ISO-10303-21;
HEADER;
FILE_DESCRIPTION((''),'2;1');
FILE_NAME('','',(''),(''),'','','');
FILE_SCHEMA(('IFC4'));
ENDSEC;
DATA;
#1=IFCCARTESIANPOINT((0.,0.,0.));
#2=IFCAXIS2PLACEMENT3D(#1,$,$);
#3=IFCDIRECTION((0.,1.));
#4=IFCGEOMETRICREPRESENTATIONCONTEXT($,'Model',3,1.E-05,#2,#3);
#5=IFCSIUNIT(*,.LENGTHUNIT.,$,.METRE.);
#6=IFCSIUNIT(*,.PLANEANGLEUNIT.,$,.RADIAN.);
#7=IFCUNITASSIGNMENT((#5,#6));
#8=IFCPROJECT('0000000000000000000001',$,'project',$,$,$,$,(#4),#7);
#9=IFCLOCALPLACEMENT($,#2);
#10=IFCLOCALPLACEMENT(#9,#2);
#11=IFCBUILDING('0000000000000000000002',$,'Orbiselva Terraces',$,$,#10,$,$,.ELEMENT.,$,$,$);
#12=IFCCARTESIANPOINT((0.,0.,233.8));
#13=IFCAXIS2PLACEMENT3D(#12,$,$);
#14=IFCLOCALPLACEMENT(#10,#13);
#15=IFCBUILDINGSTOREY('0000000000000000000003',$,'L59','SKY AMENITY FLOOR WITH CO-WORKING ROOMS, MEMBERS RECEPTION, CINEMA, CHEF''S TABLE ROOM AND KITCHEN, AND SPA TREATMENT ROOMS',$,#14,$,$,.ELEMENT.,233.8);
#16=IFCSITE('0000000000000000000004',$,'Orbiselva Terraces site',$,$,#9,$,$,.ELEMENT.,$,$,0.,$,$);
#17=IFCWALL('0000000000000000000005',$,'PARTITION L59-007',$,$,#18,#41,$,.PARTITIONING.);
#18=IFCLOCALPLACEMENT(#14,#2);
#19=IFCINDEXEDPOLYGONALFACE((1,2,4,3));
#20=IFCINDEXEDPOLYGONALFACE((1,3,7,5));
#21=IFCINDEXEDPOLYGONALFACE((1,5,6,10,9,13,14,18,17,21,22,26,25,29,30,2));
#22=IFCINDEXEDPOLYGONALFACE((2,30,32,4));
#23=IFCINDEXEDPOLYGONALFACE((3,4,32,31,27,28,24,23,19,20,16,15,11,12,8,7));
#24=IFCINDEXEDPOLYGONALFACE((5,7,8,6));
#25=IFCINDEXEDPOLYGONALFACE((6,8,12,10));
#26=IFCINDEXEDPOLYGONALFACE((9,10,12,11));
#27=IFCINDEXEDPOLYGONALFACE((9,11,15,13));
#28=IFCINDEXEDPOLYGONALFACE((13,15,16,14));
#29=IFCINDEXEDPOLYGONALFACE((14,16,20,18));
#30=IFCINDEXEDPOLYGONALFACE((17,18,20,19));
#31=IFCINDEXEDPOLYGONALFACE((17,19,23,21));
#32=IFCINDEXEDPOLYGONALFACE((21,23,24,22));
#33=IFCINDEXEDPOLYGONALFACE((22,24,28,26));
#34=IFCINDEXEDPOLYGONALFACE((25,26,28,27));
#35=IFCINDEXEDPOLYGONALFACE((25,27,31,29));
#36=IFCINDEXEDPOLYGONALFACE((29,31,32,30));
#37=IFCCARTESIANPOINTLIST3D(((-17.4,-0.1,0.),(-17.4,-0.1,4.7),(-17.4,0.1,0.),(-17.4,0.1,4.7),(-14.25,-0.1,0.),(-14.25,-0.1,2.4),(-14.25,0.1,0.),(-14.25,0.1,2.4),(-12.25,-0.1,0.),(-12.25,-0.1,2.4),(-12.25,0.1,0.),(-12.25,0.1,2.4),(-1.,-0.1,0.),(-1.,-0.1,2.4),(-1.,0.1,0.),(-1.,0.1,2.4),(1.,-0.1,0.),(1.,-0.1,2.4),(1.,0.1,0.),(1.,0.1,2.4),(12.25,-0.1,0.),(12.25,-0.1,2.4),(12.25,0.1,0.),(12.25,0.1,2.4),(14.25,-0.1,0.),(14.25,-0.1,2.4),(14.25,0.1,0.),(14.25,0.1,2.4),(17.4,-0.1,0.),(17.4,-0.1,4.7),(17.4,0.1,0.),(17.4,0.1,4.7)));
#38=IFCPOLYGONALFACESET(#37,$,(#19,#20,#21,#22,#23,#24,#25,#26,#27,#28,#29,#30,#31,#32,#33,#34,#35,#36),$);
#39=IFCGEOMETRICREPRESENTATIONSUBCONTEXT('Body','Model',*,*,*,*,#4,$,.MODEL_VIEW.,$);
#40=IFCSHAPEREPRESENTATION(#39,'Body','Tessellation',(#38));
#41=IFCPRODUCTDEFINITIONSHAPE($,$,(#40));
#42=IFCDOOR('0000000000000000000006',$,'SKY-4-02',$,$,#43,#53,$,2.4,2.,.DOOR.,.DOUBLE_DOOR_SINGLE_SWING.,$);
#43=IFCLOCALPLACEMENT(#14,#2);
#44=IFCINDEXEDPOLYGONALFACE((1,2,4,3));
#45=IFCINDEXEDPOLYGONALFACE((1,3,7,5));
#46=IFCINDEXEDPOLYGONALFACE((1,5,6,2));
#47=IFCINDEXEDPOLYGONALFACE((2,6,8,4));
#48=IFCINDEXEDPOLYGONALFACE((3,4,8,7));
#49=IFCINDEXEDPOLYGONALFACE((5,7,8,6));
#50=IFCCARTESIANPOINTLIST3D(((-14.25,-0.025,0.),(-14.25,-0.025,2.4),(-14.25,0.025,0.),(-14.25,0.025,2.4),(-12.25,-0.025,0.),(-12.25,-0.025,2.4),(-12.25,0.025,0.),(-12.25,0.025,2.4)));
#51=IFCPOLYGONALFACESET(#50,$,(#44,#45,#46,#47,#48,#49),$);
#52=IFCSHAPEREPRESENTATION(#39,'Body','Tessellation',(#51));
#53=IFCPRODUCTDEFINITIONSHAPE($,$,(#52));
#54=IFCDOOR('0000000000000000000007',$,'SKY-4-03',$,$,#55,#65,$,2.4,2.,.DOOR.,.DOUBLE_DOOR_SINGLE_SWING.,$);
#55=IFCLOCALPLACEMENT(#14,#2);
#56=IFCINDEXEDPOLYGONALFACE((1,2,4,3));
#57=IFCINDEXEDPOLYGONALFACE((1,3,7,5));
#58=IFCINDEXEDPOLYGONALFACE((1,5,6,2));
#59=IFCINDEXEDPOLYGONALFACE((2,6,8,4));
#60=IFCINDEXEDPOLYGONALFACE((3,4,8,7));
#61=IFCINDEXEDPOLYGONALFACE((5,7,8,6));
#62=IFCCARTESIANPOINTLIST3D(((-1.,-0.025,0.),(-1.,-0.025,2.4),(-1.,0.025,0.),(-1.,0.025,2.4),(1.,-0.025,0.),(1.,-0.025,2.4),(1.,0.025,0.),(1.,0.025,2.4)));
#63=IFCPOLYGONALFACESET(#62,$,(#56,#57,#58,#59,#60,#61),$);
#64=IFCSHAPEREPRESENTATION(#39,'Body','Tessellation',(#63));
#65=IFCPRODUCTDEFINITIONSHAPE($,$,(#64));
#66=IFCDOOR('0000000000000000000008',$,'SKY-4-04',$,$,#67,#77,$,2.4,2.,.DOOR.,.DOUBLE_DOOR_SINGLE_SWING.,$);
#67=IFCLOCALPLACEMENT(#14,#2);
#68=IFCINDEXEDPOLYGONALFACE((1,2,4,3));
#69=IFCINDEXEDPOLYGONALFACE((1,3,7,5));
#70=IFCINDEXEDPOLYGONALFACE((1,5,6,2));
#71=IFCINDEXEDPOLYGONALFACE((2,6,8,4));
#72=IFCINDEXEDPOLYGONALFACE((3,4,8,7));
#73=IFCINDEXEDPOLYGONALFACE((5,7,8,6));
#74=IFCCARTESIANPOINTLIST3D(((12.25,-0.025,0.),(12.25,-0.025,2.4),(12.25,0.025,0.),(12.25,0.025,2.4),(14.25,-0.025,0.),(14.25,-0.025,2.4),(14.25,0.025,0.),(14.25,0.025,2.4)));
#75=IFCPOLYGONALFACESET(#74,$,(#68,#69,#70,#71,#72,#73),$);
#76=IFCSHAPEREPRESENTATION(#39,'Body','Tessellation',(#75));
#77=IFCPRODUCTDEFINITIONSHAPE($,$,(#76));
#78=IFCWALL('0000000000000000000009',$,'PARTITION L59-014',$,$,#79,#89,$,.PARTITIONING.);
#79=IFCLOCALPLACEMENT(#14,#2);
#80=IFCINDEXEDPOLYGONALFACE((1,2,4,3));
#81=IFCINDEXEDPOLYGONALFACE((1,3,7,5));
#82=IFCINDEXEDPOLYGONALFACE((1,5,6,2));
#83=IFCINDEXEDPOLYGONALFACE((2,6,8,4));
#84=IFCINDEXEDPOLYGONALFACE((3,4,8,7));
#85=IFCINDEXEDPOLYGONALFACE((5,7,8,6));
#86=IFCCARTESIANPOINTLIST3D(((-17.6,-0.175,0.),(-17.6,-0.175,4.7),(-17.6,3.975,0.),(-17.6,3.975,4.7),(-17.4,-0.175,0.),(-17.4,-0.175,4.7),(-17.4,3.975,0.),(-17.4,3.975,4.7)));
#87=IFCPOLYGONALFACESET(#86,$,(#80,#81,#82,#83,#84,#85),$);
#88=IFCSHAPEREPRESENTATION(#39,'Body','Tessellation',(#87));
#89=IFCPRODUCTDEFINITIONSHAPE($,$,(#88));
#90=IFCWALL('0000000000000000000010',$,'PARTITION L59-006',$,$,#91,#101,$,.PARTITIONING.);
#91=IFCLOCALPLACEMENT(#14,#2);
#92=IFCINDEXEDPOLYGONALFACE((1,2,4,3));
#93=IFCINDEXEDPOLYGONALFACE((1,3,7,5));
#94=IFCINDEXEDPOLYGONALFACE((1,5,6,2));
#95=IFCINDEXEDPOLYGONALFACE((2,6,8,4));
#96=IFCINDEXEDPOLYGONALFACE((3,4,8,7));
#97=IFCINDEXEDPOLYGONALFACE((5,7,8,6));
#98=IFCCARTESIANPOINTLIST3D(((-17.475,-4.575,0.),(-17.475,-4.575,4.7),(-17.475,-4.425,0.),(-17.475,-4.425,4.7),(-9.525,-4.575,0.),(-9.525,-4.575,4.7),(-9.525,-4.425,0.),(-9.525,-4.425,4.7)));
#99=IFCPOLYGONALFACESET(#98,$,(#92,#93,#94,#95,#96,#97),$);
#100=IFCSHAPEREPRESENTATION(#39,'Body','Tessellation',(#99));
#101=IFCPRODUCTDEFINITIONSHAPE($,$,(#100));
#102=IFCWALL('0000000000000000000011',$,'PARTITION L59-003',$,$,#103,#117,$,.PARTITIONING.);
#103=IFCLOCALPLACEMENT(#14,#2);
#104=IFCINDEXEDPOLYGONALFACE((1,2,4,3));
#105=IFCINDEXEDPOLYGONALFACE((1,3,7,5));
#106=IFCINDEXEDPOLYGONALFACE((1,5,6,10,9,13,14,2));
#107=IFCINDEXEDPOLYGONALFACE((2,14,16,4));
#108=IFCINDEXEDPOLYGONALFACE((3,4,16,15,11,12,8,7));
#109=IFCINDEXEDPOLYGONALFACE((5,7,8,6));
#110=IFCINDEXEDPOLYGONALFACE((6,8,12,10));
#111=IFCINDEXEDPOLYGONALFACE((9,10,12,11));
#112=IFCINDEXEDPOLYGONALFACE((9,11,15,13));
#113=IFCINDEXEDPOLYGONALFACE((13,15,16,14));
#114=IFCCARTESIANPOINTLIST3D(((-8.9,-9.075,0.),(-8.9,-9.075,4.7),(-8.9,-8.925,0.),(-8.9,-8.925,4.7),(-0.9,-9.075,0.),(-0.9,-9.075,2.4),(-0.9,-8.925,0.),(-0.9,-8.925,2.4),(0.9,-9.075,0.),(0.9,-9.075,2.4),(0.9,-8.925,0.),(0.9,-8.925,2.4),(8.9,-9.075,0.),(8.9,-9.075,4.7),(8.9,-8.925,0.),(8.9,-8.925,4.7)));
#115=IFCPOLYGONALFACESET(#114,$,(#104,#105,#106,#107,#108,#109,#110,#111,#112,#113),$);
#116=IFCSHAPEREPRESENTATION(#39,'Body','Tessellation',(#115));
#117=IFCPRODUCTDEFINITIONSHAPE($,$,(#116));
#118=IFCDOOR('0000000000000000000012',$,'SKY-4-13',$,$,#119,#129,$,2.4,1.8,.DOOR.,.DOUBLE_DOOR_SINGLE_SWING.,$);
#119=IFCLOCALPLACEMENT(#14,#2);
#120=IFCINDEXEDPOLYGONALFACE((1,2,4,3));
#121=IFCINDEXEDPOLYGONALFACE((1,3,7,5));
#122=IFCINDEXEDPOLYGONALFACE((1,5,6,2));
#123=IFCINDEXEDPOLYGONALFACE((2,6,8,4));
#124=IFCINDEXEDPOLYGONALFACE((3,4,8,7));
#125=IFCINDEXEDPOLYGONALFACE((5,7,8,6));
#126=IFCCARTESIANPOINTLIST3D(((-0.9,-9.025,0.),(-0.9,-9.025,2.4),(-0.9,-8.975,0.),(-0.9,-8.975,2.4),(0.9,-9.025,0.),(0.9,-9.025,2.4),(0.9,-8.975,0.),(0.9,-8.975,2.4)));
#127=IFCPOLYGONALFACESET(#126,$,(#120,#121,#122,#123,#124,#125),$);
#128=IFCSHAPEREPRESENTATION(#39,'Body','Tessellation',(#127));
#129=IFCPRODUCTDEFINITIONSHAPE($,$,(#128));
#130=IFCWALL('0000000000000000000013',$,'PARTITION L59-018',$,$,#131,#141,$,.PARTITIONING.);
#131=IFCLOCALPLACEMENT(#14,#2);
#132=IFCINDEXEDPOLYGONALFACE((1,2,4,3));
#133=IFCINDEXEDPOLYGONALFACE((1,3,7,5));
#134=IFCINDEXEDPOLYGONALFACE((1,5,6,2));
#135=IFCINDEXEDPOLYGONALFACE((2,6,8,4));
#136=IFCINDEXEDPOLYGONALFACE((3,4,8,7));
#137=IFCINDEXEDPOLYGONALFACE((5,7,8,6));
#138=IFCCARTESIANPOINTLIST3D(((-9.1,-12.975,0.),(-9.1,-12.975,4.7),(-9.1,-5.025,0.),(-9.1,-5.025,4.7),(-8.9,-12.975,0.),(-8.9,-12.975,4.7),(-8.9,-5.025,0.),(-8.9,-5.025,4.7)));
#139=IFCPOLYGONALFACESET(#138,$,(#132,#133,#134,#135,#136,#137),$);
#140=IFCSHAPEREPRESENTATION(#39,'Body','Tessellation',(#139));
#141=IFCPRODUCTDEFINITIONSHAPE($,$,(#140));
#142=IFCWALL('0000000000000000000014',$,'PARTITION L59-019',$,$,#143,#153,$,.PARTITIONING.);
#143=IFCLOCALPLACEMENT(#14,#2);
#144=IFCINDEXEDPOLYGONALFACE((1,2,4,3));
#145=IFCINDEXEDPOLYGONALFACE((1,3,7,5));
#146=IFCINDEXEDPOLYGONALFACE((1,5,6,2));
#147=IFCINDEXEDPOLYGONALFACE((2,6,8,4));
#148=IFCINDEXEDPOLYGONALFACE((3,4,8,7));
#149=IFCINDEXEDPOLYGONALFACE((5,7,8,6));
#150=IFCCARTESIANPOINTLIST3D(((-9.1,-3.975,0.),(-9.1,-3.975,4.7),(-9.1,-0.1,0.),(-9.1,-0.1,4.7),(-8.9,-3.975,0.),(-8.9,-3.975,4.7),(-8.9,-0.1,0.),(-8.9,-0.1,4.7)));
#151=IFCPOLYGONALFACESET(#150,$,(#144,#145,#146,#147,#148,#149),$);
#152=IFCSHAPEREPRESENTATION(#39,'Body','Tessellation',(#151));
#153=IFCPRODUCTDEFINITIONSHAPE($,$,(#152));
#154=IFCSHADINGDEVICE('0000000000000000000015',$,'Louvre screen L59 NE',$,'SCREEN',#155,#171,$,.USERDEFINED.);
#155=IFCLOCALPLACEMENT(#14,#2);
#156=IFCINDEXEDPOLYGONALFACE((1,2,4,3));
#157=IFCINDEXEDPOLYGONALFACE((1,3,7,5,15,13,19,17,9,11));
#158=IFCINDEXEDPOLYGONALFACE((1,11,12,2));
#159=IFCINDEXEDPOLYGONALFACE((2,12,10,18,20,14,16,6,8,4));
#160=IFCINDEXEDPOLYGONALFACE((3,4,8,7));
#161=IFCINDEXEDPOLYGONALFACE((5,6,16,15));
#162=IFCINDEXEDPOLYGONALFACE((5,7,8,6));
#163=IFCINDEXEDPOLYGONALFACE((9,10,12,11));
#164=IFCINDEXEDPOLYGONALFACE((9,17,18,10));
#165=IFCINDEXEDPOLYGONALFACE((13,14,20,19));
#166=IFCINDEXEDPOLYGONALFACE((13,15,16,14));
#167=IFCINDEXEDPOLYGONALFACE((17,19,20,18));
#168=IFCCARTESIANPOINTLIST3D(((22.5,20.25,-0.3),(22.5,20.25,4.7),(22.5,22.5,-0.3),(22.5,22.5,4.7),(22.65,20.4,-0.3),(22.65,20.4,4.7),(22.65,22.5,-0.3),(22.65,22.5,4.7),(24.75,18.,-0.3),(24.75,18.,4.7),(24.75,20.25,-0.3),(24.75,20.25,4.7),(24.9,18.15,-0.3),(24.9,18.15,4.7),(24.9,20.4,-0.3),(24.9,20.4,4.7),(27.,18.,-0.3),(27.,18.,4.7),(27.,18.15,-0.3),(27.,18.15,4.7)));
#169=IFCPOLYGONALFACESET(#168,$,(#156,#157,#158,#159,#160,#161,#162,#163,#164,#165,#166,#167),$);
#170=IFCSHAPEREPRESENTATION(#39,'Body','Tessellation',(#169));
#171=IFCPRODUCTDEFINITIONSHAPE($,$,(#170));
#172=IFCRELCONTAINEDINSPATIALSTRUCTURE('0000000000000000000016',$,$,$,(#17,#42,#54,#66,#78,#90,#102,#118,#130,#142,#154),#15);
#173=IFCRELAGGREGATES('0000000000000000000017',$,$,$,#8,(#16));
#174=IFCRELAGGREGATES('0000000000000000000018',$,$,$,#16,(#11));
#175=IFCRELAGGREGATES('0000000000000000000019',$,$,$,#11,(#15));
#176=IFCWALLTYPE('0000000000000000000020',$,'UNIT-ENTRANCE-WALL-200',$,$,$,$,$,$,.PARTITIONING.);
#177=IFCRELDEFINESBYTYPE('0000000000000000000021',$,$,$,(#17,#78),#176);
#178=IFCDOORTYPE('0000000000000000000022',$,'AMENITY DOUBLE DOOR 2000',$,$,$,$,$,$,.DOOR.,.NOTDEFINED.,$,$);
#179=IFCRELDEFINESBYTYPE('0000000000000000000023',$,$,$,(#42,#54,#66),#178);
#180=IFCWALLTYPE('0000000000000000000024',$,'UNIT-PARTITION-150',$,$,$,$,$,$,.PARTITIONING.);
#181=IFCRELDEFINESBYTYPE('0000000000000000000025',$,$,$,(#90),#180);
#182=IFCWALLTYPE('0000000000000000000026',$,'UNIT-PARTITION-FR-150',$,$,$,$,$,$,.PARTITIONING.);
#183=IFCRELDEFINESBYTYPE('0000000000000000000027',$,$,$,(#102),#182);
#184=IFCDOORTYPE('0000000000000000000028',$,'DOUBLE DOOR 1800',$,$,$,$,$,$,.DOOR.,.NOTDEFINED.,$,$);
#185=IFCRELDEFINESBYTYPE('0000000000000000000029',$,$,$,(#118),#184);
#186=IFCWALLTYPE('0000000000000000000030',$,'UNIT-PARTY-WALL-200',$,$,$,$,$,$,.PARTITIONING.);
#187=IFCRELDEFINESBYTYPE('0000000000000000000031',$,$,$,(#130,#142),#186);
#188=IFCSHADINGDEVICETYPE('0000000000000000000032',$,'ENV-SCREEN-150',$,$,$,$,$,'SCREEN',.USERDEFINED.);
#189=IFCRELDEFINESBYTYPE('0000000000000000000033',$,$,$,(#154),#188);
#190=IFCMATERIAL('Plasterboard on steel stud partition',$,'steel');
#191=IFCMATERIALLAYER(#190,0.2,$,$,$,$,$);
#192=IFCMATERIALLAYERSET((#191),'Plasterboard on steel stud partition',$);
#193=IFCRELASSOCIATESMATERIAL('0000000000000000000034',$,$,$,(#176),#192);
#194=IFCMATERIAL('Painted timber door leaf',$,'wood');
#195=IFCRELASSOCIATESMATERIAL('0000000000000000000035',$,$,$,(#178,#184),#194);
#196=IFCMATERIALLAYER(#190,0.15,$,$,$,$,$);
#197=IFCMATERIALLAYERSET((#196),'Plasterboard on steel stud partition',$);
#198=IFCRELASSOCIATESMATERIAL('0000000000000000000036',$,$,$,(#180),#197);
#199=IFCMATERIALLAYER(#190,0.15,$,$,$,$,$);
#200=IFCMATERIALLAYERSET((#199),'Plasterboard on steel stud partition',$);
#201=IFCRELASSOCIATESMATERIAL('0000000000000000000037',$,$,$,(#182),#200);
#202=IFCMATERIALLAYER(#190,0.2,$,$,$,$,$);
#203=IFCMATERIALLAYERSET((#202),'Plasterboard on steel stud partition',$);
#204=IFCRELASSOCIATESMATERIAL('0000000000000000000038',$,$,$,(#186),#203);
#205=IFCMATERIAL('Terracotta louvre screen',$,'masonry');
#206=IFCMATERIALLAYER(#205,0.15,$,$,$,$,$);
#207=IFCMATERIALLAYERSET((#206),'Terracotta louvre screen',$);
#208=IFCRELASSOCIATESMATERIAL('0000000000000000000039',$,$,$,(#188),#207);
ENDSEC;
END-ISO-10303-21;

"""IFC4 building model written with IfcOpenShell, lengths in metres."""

from ifc_helpers import new_model, si_unit, direction, frame, frame_2d, origin, place, context, subcontext, project, spatial, polyline, rectangle, outline, extrude, material, layer, layer_set, type_object, element, fill, save


model = new_model("IFC4")

# Units and contexts
model_context = context("Model", 3, precision=1e-05, world=origin(), true_north=direction((0.0, 1.0)))
body_context = subcontext(model_context, "Body", "Model", "MODEL_VIEW")
ifc_project = project(units=[si_unit("LENGTHUNIT", "METRE"), si_unit("PLANEANGLEUNIT", "RADIAN")], contexts=[model_context])

# Site, building, storey
site_placement = place(None, origin())
site = spatial("IfcSite", under=ifc_project, at=site_placement, Name="Orbiselva Terraces site", CompositionType="ELEMENT", RefElevation=0.0)
building_placement = place(site_placement, origin())
building = spatial("IfcBuilding", under=site, at=building_placement, Name="Orbiselva Terraces", CompositionType="ELEMENT")
storey_placement = place(building_placement, frame((0.0, 0.0, 233.8)))
storey = spatial("IfcBuildingStorey", under=building, at=storey_placement, Name="L59", Description="SKY AMENITY FLOOR WITH CO-WORKING ROOMS, MEMBERS RECEPTION, CINEMA, CHEF'S TABLE ROOM AND KITCHEN, AND SPA TREATMENT ROOMS", CompositionType="ELEMENT", Elevation=233.8)

# Wall, openings, doors
ifc_material_1 = material(Name="Plasterboard on steel stud partition", Category="steel")
ifc_layer_1 = layer(ifc_material_1, 0.2)
ifc_layer_set_1 = layer_set([ifc_layer_1], Name="Plasterboard on steel stud partition")
wall_type_1 = type_object("IfcWallType", Name="UNIT-ENTRANCE-WALL-200", PredefinedType="PARTITIONING", material=ifc_layer_set_1)
wall_1_placement = place(storey_placement, frame((-17.4, 0.0, 0.0), z_axis=(0.0, 0.0, 1.0), x_axis=(1.0, 0.0, 0.0)))
wall_1 = element("IfcWall", 1, at=wall_1_placement, inside=storey, type_object=wall_type_1, Name="PARTITION L59-007", PredefinedType="PARTITIONING", context=body_context, shape_type="SweptSolid", body=[
    extrude(rectangle(XDim=34.8, YDim=0.2, at=frame_2d((17.4, 0.0))), origin(), (0.0, 0.0, 1.0), 4.7),
])
opening_1_placement = place(wall_1_placement, frame((3.15, 0.0, 0.0)))
opening_1 = element("IfcOpeningElement", 2, at=opening_1_placement, cuts=wall_1, PredefinedType="OPENING", context=body_context, shape_type="SweptSolid", body=[
    extrude(rectangle(XDim=2.0, YDim=2.4, at=frame_2d((1.0, 1.2))), frame((0.0, 0.11, 0.0), z_axis=(0.0, -1.0, 0.0), x_axis=(1.0, 0.0, 0.0)), (0.0, 0.0, 1.0), 0.22),
])
opening_2_placement = place(wall_1_placement, frame((16.4, 0.0, 0.0)))
opening_2 = element("IfcOpeningElement", 3, at=opening_2_placement, cuts=wall_1, PredefinedType="OPENING", context=body_context, shape_type="SweptSolid", body=[
    extrude(rectangle(XDim=2.0, YDim=2.4, at=frame_2d((1.0, 1.2))), frame((0.0, 0.11, 0.0), z_axis=(0.0, -1.0, 0.0), x_axis=(1.0, 0.0, 0.0)), (0.0, 0.0, 1.0), 0.22),
])
opening_3_placement = place(wall_1_placement, frame((29.65, 0.0, 0.0)))
opening_3 = element("IfcOpeningElement", 4, at=opening_3_placement, cuts=wall_1, PredefinedType="OPENING", context=body_context, shape_type="SweptSolid", body=[
    extrude(rectangle(XDim=2.0, YDim=2.4, at=frame_2d((1.0, 1.2))), frame((0.0, 0.11, 0.0), z_axis=(0.0, -1.0, 0.0), x_axis=(1.0, 0.0, 0.0)), (0.0, 0.0, 1.0), 0.22),
])
ifc_material_2 = material(Name="Painted timber door leaf", Category="wood")
door_type_1 = type_object("IfcDoorType", Name="AMENITY DOUBLE DOOR 2000", OperationType="NOTDEFINED", PredefinedType="DOOR", material=ifc_material_2)
door_1_placement = place(opening_1_placement, origin())
door_1 = element("IfcDoor", 5, at=door_1_placement, inside=storey, type_object=door_type_1, Name="SKY-4-02", OperationType="DOUBLE_DOOR_SINGLE_SWING", OverallHeight=2.4, OverallWidth=2.0, PredefinedType="DOOR", context=body_context, shape_type="SweptSolid", body=[
    extrude(rectangle(XDim=2.0, YDim=2.4, at=frame_2d((1.0, 1.2))), frame((0.0, 0.025, 0.0), z_axis=(0.0, -1.0, 0.0), x_axis=(1.0, 0.0, 0.0)), (0.0, 0.0, 1.0), 0.05),
])
fill(opening_1, door_1)
door_2_placement = place(opening_2_placement, origin())
door_2 = element("IfcDoor", 6, at=door_2_placement, inside=storey, type_object=door_type_1, Name="SKY-4-03", OperationType="DOUBLE_DOOR_SINGLE_SWING", OverallHeight=2.4, OverallWidth=2.0, PredefinedType="DOOR", context=body_context, shape_type="SweptSolid", body=[
    extrude(rectangle(XDim=2.0, YDim=2.4, at=frame_2d((1.0, 1.2))), frame((0.0, 0.025, 0.0), z_axis=(0.0, -1.0, 0.0), x_axis=(1.0, 0.0, 0.0)), (0.0, 0.0, 1.0), 0.05),
])
fill(opening_2, door_2)
door_3_placement = place(opening_3_placement, origin())
door_3 = element("IfcDoor", 7, at=door_3_placement, inside=storey, type_object=door_type_1, Name="SKY-4-04", OperationType="DOUBLE_DOOR_SINGLE_SWING", OverallHeight=2.4, OverallWidth=2.0, PredefinedType="DOOR", context=body_context, shape_type="SweptSolid", body=[
    extrude(rectangle(XDim=2.0, YDim=2.4, at=frame_2d((1.0, 1.2))), frame((0.0, 0.025, 0.0), z_axis=(0.0, -1.0, 0.0), x_axis=(1.0, 0.0, 0.0)), (0.0, 0.0, 1.0), 0.05),
])
fill(opening_3, door_3)

# Walls
wall_2_placement = place(storey_placement, frame((-17.5, -0.175, 0.0), z_axis=(0.0, 0.0, 1.0), x_axis=(0.0, 1.0, 0.0)))
element("IfcWall", 8, at=wall_2_placement, inside=storey, type_object=wall_type_1, Name="PARTITION L59-014", PredefinedType="PARTITIONING", context=body_context, shape_type="SweptSolid", body=[
    extrude(rectangle(XDim=4.15, YDim=0.2, at=frame_2d((2.075, 0.0))), origin(), (0.0, 0.0, 1.0), 4.7),
])
ifc_layer_2 = layer(ifc_material_1, 0.15)
ifc_layer_set_2 = layer_set([ifc_layer_2], Name="Plasterboard on steel stud partition")
wall_type_2 = type_object("IfcWallType", Name="UNIT-PARTITION-150", PredefinedType="PARTITIONING", material=ifc_layer_set_2)
wall_3_placement = place(storey_placement, frame((-17.475, -4.5, 0.0), z_axis=(0.0, 0.0, 1.0), x_axis=(1.0, 0.0, 0.0)))
element("IfcWall", 9, at=wall_3_placement, inside=storey, type_object=wall_type_2, Name="PARTITION L59-006", PredefinedType="PARTITIONING", context=body_context, shape_type="SweptSolid", body=[
    extrude(rectangle(XDim=7.95, YDim=0.15, at=frame_2d((3.975, 0.0))), origin(), (0.0, 0.0, 1.0), 4.7),
])

# Wall, opening, door
ifc_layer_3 = layer(ifc_material_1, 0.15)
ifc_layer_set_3 = layer_set([ifc_layer_3], Name="Plasterboard on steel stud partition")
wall_type_3 = type_object("IfcWallType", Name="UNIT-PARTITION-FR-150", PredefinedType="PARTITIONING", material=ifc_layer_set_3)
wall_4_placement = place(storey_placement, frame((-8.9, -9.0, 0.0), z_axis=(0.0, 0.0, 1.0), x_axis=(1.0, 0.0, 0.0)))
wall_4 = element("IfcWall", 10, at=wall_4_placement, inside=storey, type_object=wall_type_3, Name="PARTITION L59-003", PredefinedType="PARTITIONING", context=body_context, shape_type="SweptSolid", body=[
    extrude(rectangle(XDim=17.8, YDim=0.15, at=frame_2d((8.9, 0.0))), origin(), (0.0, 0.0, 1.0), 4.7),
])
opening_4_placement = place(wall_4_placement, frame((8.0, 0.0, 0.0)))
opening_4 = element("IfcOpeningElement", 11, at=opening_4_placement, cuts=wall_4, PredefinedType="OPENING", context=body_context, shape_type="SweptSolid", body=[
    extrude(rectangle(XDim=1.8, YDim=2.4, at=frame_2d((0.9, 1.2))), frame((0.0, 0.085, 0.0), z_axis=(0.0, -1.0, 0.0), x_axis=(1.0, 0.0, 0.0)), (0.0, 0.0, 1.0), 0.17),
])
door_type_2 = type_object("IfcDoorType", Name="DOUBLE DOOR 1800", OperationType="NOTDEFINED", PredefinedType="DOOR", material=ifc_material_2)
door_4_placement = place(opening_4_placement, origin())
door_4 = element("IfcDoor", 12, at=door_4_placement, inside=storey, type_object=door_type_2, Name="SKY-4-13", OperationType="DOUBLE_DOOR_SINGLE_SWING", OverallHeight=2.4, OverallWidth=1.8, PredefinedType="DOOR", context=body_context, shape_type="SweptSolid", body=[
    extrude(rectangle(XDim=1.8, YDim=2.4, at=frame_2d((0.9, 1.2))), frame((0.0, 0.025, 0.0), z_axis=(0.0, -1.0, 0.0), x_axis=(1.0, 0.0, 0.0)), (0.0, 0.0, 1.0), 0.05),
])
fill(opening_4, door_4)

# Walls
ifc_layer_4 = layer(ifc_material_1, 0.2)
ifc_layer_set_4 = layer_set([ifc_layer_4], Name="Plasterboard on steel stud partition")
wall_type_4 = type_object("IfcWallType", Name="UNIT-PARTY-WALL-200", PredefinedType="PARTITIONING", material=ifc_layer_set_4)
wall_5_placement = place(storey_placement, frame((-9.0, -12.975, 0.0), z_axis=(0.0, 0.0, 1.0), x_axis=(0.0, 1.0, 0.0)))
element("IfcWall", 13, at=wall_5_placement, inside=storey, type_object=wall_type_4, Name="PARTITION L59-018", PredefinedType="PARTITIONING", context=body_context, shape_type="SweptSolid", body=[
    extrude(rectangle(XDim=7.95, YDim=0.2, at=frame_2d((3.975, 0.0))), origin(), (0.0, 0.0, 1.0), 4.7),
])
wall_6_placement = place(storey_placement, frame((-9.0, -3.975, 0.0), z_axis=(0.0, 0.0, 1.0), x_axis=(0.0, 1.0, 0.0)))
element("IfcWall", 14, at=wall_6_placement, inside=storey, type_object=wall_type_4, Name="PARTITION L59-019", PredefinedType="PARTITIONING", context=body_context, shape_type="SweptSolid", body=[
    extrude(rectangle(XDim=3.875, YDim=0.2, at=frame_2d((1.9375, 0.0))), origin(), (0.0, 0.0, 1.0), 4.7),
])

# Shading device
ifc_material_3 = material(Name="Terracotta louvre screen", Category="masonry")
ifc_layer_5 = layer(ifc_material_3, 0.15)
ifc_layer_set_5 = layer_set([ifc_layer_5], Name="Terracotta louvre screen")
shading_device_type_1 = type_object("IfcShadingDeviceType", Name="ENV-SCREEN-150", ElementType="SCREEN", PredefinedType="USERDEFINED", material=ifc_layer_set_5)
shading_device_1_placement = place(storey_placement, frame((0.0, 0.0, -0.3)))
element("IfcShadingDevice", 15, at=shading_device_1_placement, inside=storey, type_object=shading_device_type_1, Name="Louvre screen L59 NE", ObjectType="SCREEN", PredefinedType="USERDEFINED", context=body_context, shape_type="SweptSolid", body=[
    extrude(outline(polyline([(27.0, 18.15), (24.9, 18.15), (24.9, 20.4), (22.65, 20.4), (22.65, 22.5), (22.5, 22.5), (22.5, 20.25), (24.75, 20.25), (24.75, 18.0), (27.0, 18.0), (27.0, 18.15)])), origin(), (0.0, 0.0, 1.0), 5.0),
])

save(model, "model.ifc")
